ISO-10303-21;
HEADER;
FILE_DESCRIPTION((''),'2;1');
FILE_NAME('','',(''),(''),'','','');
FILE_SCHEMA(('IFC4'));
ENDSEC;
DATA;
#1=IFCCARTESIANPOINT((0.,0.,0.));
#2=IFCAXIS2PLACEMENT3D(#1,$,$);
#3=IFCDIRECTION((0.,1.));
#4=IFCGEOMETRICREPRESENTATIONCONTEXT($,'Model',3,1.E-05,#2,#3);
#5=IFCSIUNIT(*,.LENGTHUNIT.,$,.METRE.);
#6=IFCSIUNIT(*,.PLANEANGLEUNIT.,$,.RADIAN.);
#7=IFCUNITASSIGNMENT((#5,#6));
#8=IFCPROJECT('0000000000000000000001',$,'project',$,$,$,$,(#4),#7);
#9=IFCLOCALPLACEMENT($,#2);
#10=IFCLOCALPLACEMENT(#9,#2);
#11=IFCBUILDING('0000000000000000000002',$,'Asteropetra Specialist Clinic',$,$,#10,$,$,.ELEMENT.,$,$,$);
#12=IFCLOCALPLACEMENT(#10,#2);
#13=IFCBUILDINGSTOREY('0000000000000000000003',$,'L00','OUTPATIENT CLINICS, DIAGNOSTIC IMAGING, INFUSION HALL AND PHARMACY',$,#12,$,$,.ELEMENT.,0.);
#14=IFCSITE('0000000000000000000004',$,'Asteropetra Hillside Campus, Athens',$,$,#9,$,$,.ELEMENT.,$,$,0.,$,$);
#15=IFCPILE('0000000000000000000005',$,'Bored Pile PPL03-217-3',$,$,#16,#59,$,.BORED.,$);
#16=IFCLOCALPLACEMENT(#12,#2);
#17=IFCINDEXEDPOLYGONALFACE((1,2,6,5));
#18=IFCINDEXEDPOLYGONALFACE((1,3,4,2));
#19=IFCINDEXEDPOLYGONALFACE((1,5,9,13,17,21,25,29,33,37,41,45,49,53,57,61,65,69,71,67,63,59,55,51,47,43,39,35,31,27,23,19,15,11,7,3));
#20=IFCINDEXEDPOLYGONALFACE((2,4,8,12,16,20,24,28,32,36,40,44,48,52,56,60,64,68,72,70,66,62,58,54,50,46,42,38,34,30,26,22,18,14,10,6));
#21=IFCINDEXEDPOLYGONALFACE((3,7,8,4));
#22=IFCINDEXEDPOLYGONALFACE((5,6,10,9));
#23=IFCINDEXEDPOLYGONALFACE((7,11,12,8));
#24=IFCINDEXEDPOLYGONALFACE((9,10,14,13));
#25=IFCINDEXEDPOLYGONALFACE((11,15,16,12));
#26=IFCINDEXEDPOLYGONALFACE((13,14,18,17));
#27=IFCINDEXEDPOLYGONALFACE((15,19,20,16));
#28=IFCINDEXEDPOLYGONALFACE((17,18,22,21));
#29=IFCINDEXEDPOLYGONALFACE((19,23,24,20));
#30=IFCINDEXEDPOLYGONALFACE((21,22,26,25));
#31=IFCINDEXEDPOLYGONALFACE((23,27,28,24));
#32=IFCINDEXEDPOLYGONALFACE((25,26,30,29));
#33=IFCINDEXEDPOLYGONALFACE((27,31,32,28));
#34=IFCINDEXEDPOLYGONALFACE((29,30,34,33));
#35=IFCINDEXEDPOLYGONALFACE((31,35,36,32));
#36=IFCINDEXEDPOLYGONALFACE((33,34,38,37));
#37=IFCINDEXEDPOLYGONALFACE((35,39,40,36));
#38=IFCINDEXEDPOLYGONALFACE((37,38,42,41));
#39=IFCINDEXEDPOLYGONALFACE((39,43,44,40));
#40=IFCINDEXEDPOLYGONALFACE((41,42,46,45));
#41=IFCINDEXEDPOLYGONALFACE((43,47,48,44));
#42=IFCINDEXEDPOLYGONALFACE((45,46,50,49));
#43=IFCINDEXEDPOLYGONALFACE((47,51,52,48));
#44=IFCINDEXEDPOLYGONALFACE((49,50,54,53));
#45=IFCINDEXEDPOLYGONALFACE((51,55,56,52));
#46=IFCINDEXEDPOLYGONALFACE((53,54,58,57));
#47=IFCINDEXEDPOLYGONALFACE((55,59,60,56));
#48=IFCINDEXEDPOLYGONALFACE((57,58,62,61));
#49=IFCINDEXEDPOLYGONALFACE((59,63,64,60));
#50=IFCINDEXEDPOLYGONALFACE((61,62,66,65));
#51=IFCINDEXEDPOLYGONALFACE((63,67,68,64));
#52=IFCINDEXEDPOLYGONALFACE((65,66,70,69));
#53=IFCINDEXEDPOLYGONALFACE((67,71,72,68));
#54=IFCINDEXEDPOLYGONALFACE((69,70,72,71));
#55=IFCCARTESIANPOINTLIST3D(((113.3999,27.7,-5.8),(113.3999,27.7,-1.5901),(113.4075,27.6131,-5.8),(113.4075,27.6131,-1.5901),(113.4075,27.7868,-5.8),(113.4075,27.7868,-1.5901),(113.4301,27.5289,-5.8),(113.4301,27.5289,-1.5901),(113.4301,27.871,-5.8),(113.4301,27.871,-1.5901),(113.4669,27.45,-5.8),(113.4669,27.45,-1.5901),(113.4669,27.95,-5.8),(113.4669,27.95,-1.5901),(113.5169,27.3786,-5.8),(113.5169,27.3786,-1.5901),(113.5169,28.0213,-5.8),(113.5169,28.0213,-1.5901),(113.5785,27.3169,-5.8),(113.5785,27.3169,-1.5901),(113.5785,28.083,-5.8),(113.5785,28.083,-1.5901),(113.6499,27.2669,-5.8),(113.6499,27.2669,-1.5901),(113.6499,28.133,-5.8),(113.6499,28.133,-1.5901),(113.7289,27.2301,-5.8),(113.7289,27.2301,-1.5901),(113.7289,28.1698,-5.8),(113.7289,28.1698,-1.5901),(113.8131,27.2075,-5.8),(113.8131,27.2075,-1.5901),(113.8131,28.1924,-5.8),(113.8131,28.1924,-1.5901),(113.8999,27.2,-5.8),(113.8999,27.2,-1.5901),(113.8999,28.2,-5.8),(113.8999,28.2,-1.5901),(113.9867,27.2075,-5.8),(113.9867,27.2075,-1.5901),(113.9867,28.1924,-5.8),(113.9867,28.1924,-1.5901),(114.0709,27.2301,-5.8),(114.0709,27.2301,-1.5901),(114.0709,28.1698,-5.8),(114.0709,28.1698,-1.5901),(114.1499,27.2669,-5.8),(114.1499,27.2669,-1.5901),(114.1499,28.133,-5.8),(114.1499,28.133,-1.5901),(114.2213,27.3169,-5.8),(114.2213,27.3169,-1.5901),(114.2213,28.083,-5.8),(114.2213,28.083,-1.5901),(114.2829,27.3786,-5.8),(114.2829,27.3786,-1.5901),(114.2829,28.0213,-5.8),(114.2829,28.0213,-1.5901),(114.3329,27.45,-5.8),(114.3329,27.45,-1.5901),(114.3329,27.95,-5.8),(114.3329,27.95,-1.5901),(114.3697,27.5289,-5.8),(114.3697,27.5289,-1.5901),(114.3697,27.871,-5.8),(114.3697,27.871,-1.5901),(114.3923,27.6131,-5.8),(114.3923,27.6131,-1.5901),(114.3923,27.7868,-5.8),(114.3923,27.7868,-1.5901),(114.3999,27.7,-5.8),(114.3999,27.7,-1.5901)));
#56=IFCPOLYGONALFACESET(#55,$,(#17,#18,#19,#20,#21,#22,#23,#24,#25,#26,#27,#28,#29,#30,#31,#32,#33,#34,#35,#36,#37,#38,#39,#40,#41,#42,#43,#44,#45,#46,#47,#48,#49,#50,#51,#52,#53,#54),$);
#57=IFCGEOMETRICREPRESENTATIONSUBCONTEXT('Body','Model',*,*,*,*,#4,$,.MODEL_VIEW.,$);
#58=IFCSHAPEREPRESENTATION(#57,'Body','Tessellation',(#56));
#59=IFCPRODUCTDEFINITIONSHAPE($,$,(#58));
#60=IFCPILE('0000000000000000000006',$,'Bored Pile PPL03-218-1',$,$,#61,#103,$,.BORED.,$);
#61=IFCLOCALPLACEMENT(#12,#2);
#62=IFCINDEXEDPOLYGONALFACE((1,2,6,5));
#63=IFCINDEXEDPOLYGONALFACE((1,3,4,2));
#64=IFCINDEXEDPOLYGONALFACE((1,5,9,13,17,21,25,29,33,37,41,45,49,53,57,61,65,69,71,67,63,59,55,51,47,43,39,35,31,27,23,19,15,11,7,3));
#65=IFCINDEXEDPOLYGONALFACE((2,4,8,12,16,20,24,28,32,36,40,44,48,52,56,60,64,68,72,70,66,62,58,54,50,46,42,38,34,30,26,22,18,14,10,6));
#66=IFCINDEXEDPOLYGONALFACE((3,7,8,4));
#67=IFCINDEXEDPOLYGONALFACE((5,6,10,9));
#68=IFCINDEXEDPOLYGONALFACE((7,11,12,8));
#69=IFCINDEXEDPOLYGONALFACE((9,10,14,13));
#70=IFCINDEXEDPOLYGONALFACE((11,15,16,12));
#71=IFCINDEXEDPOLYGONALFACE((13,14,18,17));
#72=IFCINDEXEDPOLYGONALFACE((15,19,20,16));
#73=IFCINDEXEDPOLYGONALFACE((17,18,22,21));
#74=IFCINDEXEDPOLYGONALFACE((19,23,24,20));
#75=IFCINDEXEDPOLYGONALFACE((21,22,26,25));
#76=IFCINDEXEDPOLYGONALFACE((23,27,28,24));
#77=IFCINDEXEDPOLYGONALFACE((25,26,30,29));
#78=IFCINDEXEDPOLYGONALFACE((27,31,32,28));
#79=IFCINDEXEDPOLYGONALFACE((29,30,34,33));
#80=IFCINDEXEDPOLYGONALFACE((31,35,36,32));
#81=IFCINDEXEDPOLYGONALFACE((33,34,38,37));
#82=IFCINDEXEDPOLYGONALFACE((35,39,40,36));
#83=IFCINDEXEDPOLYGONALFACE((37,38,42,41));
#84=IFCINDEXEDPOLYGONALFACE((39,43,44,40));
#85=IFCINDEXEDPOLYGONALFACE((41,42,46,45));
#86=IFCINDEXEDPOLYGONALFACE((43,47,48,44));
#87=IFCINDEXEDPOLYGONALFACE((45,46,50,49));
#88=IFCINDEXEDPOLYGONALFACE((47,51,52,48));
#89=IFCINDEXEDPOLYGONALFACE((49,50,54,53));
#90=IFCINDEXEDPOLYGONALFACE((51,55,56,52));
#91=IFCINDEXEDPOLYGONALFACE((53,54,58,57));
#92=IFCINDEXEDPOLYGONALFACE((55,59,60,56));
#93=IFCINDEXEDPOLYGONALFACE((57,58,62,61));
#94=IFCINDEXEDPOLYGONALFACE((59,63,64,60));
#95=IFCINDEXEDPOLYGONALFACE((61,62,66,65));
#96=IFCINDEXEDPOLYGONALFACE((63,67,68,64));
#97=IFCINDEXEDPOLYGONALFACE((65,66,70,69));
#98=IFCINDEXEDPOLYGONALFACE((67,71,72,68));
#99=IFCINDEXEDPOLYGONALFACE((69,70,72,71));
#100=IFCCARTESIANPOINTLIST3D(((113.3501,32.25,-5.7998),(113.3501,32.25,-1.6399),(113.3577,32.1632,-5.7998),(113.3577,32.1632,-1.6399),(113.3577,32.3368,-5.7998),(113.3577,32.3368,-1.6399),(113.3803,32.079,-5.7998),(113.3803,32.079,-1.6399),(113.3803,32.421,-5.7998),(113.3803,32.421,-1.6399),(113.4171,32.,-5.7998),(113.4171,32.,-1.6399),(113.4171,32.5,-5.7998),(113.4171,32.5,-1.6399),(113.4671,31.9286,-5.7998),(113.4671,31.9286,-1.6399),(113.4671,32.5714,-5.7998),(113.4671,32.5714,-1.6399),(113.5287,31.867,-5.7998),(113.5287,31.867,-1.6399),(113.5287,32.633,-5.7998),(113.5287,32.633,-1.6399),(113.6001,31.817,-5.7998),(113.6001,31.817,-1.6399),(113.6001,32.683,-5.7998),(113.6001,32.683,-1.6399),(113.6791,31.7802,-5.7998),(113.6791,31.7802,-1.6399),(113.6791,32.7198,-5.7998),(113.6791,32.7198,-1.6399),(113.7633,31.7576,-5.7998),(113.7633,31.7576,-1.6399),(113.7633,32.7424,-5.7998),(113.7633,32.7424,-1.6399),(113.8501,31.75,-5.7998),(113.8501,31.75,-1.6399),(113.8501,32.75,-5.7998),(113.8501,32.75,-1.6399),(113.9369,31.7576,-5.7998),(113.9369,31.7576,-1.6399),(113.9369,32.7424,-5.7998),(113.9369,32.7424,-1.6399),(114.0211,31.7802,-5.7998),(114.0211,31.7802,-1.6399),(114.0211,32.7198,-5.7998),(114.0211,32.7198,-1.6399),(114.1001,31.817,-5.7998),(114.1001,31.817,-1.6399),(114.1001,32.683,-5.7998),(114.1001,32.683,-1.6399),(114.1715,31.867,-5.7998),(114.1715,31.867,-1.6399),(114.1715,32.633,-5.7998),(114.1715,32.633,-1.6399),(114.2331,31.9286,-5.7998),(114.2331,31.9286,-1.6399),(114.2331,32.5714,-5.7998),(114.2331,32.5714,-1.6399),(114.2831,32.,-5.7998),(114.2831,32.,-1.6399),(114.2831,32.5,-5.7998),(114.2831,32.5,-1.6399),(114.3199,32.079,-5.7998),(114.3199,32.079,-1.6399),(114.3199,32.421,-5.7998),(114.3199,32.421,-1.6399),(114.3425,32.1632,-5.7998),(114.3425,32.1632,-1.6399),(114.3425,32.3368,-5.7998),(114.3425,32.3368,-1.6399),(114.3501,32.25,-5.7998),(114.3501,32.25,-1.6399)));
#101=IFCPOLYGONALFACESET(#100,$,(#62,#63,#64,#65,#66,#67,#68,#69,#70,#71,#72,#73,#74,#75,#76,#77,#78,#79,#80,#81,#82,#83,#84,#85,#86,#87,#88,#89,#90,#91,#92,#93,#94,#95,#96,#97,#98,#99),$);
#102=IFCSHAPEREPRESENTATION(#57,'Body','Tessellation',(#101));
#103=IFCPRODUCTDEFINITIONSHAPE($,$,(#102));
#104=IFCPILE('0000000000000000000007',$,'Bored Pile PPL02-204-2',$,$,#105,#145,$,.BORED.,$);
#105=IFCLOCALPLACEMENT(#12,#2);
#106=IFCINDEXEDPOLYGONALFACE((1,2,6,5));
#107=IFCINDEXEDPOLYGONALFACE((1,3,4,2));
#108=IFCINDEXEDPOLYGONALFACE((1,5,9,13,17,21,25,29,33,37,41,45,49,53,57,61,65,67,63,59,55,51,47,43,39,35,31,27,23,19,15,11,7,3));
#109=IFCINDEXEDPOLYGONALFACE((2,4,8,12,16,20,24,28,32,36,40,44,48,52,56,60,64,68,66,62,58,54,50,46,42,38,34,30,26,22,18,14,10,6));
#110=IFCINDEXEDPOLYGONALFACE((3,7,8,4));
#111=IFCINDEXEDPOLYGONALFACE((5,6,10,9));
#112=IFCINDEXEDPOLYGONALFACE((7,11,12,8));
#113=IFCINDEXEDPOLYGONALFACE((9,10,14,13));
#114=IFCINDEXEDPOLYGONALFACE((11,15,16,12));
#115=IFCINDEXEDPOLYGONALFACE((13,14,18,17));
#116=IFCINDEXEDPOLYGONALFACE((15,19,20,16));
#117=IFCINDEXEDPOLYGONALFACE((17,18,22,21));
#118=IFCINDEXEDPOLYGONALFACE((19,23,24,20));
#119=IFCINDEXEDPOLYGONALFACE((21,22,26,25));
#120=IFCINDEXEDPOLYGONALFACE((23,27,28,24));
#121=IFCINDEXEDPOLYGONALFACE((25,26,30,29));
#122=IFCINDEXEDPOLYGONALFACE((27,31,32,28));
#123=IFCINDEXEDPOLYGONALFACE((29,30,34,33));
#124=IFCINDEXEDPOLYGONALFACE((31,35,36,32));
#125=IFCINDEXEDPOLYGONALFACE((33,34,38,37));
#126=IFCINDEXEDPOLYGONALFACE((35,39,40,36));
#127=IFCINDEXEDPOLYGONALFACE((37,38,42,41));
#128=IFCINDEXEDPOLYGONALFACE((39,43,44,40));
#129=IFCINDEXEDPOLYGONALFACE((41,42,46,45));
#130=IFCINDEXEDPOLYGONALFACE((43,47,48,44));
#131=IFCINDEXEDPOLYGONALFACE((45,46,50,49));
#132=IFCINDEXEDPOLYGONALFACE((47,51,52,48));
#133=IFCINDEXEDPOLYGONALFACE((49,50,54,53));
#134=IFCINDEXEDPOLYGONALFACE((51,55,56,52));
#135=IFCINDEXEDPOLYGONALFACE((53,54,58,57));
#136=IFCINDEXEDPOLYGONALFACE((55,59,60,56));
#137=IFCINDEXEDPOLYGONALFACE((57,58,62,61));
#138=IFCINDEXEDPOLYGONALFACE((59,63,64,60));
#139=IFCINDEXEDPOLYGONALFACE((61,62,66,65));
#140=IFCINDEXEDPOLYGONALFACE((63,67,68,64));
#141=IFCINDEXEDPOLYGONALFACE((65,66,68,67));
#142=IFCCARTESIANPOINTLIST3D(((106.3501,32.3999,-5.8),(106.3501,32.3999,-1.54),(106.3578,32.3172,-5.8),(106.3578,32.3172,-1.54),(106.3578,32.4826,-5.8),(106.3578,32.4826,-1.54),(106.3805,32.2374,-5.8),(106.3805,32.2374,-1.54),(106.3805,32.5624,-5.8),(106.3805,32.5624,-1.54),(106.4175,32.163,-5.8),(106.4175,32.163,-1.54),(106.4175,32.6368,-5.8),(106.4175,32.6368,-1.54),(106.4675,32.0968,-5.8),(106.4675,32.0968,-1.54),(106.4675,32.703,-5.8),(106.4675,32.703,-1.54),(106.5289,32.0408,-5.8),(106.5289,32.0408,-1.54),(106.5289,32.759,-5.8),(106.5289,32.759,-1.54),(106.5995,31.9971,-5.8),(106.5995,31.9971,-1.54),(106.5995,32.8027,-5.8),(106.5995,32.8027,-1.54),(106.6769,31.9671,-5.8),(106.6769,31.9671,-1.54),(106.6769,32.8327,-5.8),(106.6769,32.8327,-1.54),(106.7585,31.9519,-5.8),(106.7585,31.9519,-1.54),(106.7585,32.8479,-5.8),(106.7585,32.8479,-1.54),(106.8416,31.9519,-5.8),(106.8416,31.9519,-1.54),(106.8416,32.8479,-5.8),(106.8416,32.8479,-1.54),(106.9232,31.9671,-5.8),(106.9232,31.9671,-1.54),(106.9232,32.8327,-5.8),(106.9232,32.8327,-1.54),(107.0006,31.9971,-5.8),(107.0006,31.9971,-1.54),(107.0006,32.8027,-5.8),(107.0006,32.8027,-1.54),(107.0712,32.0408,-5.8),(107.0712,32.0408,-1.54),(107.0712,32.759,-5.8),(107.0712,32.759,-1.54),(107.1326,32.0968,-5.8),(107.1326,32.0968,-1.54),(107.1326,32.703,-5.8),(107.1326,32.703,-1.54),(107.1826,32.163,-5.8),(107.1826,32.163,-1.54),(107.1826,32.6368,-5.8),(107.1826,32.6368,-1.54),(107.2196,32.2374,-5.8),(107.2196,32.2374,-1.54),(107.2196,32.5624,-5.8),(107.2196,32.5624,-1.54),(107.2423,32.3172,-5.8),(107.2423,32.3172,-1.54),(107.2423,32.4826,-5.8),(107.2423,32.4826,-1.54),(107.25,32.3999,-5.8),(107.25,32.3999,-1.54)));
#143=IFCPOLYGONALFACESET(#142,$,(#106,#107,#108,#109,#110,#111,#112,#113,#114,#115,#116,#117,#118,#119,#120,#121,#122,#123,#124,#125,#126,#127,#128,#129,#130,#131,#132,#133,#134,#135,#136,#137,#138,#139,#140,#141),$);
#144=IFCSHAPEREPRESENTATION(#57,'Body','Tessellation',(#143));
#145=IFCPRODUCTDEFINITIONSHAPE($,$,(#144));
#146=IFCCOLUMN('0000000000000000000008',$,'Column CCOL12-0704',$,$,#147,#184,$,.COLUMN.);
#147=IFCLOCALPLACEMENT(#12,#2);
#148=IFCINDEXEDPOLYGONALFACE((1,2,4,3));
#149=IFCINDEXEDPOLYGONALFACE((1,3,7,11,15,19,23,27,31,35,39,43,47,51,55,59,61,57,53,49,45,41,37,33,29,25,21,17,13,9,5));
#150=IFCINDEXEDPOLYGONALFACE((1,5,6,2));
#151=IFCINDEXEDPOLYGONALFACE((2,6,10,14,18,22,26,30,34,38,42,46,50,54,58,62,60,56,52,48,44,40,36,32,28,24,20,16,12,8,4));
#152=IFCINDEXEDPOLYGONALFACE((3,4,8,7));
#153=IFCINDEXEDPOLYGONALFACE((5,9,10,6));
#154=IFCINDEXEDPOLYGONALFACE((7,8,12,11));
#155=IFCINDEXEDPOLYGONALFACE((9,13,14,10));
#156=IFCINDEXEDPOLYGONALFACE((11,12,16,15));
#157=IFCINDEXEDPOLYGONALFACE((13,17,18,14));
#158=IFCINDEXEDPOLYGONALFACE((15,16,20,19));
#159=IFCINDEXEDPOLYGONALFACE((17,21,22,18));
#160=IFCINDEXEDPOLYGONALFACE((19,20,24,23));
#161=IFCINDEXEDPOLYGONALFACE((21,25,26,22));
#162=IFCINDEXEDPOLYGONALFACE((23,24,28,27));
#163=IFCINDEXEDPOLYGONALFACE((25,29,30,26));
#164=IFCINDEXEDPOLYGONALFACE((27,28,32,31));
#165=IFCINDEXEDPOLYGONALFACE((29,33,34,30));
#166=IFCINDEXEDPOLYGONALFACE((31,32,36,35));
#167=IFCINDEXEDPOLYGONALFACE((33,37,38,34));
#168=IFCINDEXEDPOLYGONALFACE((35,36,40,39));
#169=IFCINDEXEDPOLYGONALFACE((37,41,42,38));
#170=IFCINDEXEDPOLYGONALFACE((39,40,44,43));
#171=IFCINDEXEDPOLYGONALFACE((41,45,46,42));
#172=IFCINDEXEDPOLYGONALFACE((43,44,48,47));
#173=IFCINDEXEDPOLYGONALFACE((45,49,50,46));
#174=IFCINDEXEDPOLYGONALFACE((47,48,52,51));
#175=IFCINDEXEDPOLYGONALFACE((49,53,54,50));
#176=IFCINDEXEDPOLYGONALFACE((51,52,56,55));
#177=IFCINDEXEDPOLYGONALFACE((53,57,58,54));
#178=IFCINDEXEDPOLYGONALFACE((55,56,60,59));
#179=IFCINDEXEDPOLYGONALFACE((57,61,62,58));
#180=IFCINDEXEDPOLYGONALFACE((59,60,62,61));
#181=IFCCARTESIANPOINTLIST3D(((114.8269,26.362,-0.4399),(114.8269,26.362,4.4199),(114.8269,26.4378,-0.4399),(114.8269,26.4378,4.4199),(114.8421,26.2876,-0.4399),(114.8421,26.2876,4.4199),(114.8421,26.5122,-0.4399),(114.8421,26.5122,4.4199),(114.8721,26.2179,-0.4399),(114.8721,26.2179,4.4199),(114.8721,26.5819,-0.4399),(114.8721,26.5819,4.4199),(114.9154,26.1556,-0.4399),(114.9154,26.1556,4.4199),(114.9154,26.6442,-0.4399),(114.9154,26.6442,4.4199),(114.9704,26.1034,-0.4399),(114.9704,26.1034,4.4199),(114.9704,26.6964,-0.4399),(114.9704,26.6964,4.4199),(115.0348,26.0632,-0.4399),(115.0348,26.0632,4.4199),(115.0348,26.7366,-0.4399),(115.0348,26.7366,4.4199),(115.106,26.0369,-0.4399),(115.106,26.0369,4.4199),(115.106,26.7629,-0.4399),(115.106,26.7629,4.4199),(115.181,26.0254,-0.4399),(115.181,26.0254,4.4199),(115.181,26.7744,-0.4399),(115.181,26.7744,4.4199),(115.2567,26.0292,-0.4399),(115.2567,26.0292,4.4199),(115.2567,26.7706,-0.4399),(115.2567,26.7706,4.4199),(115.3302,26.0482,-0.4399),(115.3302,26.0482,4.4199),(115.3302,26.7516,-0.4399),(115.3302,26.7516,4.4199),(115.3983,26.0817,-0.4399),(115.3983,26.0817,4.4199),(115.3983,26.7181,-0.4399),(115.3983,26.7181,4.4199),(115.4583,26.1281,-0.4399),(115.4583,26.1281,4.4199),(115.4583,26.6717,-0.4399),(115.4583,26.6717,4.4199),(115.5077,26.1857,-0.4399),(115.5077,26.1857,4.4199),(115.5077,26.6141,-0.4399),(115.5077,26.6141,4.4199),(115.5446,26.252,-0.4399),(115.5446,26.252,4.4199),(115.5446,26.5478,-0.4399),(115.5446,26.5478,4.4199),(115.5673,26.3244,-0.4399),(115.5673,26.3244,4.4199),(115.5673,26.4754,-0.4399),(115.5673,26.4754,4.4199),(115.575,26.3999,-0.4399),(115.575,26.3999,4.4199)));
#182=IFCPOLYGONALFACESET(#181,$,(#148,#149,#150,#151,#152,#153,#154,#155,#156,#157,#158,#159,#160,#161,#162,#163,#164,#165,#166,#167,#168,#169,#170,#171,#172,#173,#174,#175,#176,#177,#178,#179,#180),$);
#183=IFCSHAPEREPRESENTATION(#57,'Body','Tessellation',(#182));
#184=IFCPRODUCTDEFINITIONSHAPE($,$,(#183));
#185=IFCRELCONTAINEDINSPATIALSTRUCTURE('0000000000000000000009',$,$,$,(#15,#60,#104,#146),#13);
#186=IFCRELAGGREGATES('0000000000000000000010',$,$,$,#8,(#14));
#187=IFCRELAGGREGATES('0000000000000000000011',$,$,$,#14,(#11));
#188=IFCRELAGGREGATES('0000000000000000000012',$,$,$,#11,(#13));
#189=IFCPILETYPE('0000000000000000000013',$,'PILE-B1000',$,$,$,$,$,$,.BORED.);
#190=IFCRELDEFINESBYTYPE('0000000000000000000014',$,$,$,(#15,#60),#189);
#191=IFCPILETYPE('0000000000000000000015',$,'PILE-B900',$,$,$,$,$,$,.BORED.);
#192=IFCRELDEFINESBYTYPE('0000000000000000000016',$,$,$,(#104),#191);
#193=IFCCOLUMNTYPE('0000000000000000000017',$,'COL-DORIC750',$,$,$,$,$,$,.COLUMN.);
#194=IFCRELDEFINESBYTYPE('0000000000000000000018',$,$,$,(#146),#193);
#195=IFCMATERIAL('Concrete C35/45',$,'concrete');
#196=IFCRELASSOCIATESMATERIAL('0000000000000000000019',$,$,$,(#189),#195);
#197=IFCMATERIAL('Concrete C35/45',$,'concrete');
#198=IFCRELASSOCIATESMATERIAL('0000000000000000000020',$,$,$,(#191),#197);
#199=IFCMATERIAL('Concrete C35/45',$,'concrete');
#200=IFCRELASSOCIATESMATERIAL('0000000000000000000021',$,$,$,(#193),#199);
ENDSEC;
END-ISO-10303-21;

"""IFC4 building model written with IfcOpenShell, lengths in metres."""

from ifc_helpers import new_model, si_unit, direction, frame, origin, origin_2d, place, context, subcontext, project, spatial, circle, extrude, material, material_profile, profile_set, type_object, element, save


model = new_model("IFC4")

# Units and contexts
model_context = context("Model", 3, precision=1e-05, world=origin(), true_north=direction((0.0, 1.0)))
body_context = subcontext(model_context, "Body", "Model", "MODEL_VIEW")
ifc_project = project(units=[si_unit("LENGTHUNIT", "METRE"), si_unit("PLANEANGLEUNIT", "RADIAN")], contexts=[model_context])

# Site, building, storey
site_placement = place(None, origin())
site = spatial("IfcSite", under=ifc_project, at=site_placement, Name="Asteropetra Hillside Campus, Athens", CompositionType="ELEMENT", RefElevation=0.0)
building_placement = place(site_placement, origin())
building = spatial("IfcBuilding", under=site, at=building_placement, Name="Asteropetra Specialist Clinic", CompositionType="ELEMENT")
storey_placement = place(building_placement, origin())
storey = spatial("IfcBuildingStorey", under=building, at=storey_placement, Name="L00", Description="OUTPATIENT CLINICS, DIAGNOSTIC IMAGING, INFUSION HALL AND PHARMACY", CompositionType="ELEMENT", Elevation=0.0)

# Piles
ifc_material_1 = material(Name="Concrete C35/45", Category="concrete")
ifc_material_profile_1 = material_profile(ifc_material_1, circle(Radius=0.5, at=origin_2d()), Name="PILE D1000")
ifc_profile_set_1 = profile_set([ifc_material_profile_1], Name="Concrete C35/45")
pile_type_1 = type_object("IfcPileType", Name="PILE-B1000", PredefinedType="BORED", material=ifc_profile_set_1)
for number, where, z_axis, x_axis, name in (
    (1, (113.8999, 27.7, -1.5901), (0.0, 0.0, -1.0), (1.0, 0.0, 0.0), "Bored Pile PPL03-217-3"),
):
    element("IfcPile", number, at=place(storey_placement, frame(where, z_axis=z_axis, x_axis=x_axis)), inside=storey, type_object=pile_type_1, Name=name, PredefinedType="BORED", context=body_context, shape_type="SweptSolid", body=[
        extrude(circle(Radius=0.5, at=origin_2d()), origin(), (0.0, 0.0, 1.0), 4.21),
    ])
pile_1_placement = place(storey_placement, frame((113.8501, 32.25, -1.6399), z_axis=(0.0, 0.0, -1.0), x_axis=(1.0, 0.0, 0.0)))
element("IfcPile", 2, at=pile_1_placement, inside=storey, type_object=pile_type_1, Name="Bored Pile PPL03-218-1", PredefinedType="BORED", context=body_context, shape_type="SweptSolid", body=[
    extrude(circle(Radius=0.5, at=origin_2d()), origin(), (0.0, 0.0, 1.0), 4.1599),
])
ifc_material_2 = material(Name="Concrete C35/45", Category="concrete")
ifc_material_profile_2 = material_profile(ifc_material_2, circle(Radius=0.45, at=origin_2d()), Name="PILE D900")
ifc_profile_set_2 = profile_set([ifc_material_profile_2], Name="Concrete C35/45")
pile_type_2 = type_object("IfcPileType", Name="PILE-B900", PredefinedType="BORED", material=ifc_profile_set_2)
pile_2_placement = place(storey_placement, frame((106.8, 32.3999, -1.54), z_axis=(0.0, 0.0, -1.0), x_axis=(1.0, 0.0, 0.0)))
element("IfcPile", 3, at=pile_2_placement, inside=storey, type_object=pile_type_2, Name="Bored Pile PPL02-204-2", PredefinedType="BORED", context=body_context, shape_type="SweptSolid", body=[
    extrude(circle(Radius=0.45, at=origin_2d()), origin(), (0.0, 0.0, 1.0), 4.26),
])

# Column
ifc_material_3 = material(Name="Concrete C35/45", Category="concrete")
ifc_material_profile_3 = material_profile(ifc_material_3, circle(Radius=0.375, at=origin_2d()), Name="RCC D750")
ifc_profile_set_3 = profile_set([ifc_material_profile_3], Name="Concrete C35/45")
column_type = type_object("IfcColumnType", Name="COL-DORIC750", PredefinedType="COLUMN", material=ifc_profile_set_3)
column_placement = place(storey_placement, frame((115.2, 26.3999, -0.4399), z_axis=(0.0, 0.0, 1.0), x_axis=(1.0, 0.0, 0.0)))
element("IfcColumn", 4, at=column_placement, inside=storey, type_object=column_type, Name="Column CCOL12-0704", PredefinedType="COLUMN", context=body_context, shape_type="SweptSolid", body=[
    extrude(circle(Radius=0.375, at=origin_2d()), origin(), (0.0, 0.0, 1.0), 4.8599),
])

save(model, "model.ifc")
